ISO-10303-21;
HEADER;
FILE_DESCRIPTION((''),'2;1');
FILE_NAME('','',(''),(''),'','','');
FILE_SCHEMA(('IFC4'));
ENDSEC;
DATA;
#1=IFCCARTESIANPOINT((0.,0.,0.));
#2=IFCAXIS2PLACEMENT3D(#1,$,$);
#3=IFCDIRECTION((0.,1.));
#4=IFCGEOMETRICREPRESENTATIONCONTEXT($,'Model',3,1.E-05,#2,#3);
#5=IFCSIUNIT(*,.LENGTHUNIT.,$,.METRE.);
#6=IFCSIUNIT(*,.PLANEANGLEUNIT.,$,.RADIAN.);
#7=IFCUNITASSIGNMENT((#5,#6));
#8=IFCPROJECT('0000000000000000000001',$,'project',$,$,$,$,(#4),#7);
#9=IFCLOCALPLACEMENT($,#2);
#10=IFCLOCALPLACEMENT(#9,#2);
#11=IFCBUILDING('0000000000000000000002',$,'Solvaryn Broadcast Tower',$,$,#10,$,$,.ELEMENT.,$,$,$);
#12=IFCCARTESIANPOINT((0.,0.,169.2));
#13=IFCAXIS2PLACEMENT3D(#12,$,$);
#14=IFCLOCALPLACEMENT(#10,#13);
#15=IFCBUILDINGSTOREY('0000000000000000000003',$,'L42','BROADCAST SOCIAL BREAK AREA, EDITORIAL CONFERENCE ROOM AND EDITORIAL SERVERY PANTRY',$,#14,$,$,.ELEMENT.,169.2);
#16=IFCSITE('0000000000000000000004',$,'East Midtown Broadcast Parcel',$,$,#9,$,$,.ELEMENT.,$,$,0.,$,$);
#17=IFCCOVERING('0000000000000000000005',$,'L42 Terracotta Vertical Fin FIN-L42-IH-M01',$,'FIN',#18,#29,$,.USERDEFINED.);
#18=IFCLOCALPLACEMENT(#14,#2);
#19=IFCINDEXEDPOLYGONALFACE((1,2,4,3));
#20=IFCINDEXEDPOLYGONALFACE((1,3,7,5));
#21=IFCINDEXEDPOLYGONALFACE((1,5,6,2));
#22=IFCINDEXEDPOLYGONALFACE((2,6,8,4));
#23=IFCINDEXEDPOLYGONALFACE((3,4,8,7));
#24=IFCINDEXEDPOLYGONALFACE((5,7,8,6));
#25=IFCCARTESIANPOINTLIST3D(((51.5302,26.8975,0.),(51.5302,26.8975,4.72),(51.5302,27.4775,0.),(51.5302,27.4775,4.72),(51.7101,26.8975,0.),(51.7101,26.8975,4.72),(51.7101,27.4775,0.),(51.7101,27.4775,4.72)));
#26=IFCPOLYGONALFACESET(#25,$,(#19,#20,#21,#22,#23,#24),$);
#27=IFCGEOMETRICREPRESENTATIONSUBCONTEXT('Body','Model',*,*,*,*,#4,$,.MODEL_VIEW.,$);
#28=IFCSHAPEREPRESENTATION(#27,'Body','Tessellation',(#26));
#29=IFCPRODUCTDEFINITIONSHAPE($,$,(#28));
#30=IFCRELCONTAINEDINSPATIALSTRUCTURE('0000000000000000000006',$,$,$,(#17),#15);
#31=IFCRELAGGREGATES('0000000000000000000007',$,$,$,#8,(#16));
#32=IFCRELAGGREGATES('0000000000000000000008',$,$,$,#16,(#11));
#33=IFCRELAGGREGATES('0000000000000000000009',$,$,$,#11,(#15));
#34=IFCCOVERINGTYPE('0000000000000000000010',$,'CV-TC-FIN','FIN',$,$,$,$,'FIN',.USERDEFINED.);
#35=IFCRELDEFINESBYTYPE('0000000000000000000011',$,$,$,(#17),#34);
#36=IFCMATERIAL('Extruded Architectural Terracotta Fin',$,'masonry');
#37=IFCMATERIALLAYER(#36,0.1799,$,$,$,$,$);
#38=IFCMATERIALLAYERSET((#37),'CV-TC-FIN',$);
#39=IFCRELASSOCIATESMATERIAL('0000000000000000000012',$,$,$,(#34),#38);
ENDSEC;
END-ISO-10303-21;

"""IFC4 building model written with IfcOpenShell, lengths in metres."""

from ifc_helpers import new_model, si_unit, direction, frame, origin, origin_2d, place, context, subcontext, project, spatial, rectangle, extrude, material, layer, layer_set, type_object, element, save


model = new_model("IFC4")

# Units and contexts
model_context = context("Model", 3, precision=1e-05, world=origin(), true_north=direction((0.0, 1.0)))
body_context = subcontext(model_context, "Body", "Model", "MODEL_VIEW")
ifc_project = project(units=[si_unit("LENGTHUNIT", "METRE"), si_unit("PLANEANGLEUNIT", "RADIAN")], contexts=[model_context])

# Site, building, storey
site_placement = place(None, origin())
site = spatial("IfcSite", under=ifc_project, at=site_placement, Name="East Midtown Broadcast Parcel", CompositionType="ELEMENT", RefElevation=0.0)
building_placement = place(site_placement, origin())
building = spatial("IfcBuilding", under=site, at=building_placement, Name="Solvaryn Broadcast Tower", CompositionType="ELEMENT")
storey_placement = place(building_placement, frame((0.0, 0.0, 169.2)))
storey = spatial("IfcBuildingStorey", under=building, at=storey_placement, Name="L42", Description="BROADCAST SOCIAL BREAK AREA, EDITORIAL CONFERENCE ROOM AND EDITORIAL SERVERY PANTRY", CompositionType="ELEMENT", Elevation=169.2)

# Covering
ifc_material_1 = material(Name="Extruded Architectural Terracotta Fin", Category="masonry")
ifc_layer_1 = layer(ifc_material_1, 0.1799)
ifc_layer_set_1 = layer_set([ifc_layer_1], Name="CV-TC-FIN")
covering_type = type_object("IfcCoveringType", Name="CV-TC-FIN", Description="FIN", ElementType="FIN", PredefinedType="USERDEFINED", material=ifc_layer_set_1)
covering_1_placement = place(storey_placement, frame((51.6201, 27.1875, 0.0), z_axis=(0.0, 0.0, 1.0), x_axis=(1.0, 0.0, 0.0)))
element("IfcCovering", 1, at=covering_1_placement, inside=storey, type_object=covering_type, Name="L42 Terracotta Vertical Fin FIN-L42-IH-M01", ObjectType="FIN", PredefinedType="USERDEFINED", context=body_context, shape_type="SweptSolid", body=[
    extrude(rectangle(XDim=0.1799, YDim=0.5801, at=origin_2d()), origin(), (0.0, 0.0, 1.0), 4.72),
])

save(model, "model.ifc")
